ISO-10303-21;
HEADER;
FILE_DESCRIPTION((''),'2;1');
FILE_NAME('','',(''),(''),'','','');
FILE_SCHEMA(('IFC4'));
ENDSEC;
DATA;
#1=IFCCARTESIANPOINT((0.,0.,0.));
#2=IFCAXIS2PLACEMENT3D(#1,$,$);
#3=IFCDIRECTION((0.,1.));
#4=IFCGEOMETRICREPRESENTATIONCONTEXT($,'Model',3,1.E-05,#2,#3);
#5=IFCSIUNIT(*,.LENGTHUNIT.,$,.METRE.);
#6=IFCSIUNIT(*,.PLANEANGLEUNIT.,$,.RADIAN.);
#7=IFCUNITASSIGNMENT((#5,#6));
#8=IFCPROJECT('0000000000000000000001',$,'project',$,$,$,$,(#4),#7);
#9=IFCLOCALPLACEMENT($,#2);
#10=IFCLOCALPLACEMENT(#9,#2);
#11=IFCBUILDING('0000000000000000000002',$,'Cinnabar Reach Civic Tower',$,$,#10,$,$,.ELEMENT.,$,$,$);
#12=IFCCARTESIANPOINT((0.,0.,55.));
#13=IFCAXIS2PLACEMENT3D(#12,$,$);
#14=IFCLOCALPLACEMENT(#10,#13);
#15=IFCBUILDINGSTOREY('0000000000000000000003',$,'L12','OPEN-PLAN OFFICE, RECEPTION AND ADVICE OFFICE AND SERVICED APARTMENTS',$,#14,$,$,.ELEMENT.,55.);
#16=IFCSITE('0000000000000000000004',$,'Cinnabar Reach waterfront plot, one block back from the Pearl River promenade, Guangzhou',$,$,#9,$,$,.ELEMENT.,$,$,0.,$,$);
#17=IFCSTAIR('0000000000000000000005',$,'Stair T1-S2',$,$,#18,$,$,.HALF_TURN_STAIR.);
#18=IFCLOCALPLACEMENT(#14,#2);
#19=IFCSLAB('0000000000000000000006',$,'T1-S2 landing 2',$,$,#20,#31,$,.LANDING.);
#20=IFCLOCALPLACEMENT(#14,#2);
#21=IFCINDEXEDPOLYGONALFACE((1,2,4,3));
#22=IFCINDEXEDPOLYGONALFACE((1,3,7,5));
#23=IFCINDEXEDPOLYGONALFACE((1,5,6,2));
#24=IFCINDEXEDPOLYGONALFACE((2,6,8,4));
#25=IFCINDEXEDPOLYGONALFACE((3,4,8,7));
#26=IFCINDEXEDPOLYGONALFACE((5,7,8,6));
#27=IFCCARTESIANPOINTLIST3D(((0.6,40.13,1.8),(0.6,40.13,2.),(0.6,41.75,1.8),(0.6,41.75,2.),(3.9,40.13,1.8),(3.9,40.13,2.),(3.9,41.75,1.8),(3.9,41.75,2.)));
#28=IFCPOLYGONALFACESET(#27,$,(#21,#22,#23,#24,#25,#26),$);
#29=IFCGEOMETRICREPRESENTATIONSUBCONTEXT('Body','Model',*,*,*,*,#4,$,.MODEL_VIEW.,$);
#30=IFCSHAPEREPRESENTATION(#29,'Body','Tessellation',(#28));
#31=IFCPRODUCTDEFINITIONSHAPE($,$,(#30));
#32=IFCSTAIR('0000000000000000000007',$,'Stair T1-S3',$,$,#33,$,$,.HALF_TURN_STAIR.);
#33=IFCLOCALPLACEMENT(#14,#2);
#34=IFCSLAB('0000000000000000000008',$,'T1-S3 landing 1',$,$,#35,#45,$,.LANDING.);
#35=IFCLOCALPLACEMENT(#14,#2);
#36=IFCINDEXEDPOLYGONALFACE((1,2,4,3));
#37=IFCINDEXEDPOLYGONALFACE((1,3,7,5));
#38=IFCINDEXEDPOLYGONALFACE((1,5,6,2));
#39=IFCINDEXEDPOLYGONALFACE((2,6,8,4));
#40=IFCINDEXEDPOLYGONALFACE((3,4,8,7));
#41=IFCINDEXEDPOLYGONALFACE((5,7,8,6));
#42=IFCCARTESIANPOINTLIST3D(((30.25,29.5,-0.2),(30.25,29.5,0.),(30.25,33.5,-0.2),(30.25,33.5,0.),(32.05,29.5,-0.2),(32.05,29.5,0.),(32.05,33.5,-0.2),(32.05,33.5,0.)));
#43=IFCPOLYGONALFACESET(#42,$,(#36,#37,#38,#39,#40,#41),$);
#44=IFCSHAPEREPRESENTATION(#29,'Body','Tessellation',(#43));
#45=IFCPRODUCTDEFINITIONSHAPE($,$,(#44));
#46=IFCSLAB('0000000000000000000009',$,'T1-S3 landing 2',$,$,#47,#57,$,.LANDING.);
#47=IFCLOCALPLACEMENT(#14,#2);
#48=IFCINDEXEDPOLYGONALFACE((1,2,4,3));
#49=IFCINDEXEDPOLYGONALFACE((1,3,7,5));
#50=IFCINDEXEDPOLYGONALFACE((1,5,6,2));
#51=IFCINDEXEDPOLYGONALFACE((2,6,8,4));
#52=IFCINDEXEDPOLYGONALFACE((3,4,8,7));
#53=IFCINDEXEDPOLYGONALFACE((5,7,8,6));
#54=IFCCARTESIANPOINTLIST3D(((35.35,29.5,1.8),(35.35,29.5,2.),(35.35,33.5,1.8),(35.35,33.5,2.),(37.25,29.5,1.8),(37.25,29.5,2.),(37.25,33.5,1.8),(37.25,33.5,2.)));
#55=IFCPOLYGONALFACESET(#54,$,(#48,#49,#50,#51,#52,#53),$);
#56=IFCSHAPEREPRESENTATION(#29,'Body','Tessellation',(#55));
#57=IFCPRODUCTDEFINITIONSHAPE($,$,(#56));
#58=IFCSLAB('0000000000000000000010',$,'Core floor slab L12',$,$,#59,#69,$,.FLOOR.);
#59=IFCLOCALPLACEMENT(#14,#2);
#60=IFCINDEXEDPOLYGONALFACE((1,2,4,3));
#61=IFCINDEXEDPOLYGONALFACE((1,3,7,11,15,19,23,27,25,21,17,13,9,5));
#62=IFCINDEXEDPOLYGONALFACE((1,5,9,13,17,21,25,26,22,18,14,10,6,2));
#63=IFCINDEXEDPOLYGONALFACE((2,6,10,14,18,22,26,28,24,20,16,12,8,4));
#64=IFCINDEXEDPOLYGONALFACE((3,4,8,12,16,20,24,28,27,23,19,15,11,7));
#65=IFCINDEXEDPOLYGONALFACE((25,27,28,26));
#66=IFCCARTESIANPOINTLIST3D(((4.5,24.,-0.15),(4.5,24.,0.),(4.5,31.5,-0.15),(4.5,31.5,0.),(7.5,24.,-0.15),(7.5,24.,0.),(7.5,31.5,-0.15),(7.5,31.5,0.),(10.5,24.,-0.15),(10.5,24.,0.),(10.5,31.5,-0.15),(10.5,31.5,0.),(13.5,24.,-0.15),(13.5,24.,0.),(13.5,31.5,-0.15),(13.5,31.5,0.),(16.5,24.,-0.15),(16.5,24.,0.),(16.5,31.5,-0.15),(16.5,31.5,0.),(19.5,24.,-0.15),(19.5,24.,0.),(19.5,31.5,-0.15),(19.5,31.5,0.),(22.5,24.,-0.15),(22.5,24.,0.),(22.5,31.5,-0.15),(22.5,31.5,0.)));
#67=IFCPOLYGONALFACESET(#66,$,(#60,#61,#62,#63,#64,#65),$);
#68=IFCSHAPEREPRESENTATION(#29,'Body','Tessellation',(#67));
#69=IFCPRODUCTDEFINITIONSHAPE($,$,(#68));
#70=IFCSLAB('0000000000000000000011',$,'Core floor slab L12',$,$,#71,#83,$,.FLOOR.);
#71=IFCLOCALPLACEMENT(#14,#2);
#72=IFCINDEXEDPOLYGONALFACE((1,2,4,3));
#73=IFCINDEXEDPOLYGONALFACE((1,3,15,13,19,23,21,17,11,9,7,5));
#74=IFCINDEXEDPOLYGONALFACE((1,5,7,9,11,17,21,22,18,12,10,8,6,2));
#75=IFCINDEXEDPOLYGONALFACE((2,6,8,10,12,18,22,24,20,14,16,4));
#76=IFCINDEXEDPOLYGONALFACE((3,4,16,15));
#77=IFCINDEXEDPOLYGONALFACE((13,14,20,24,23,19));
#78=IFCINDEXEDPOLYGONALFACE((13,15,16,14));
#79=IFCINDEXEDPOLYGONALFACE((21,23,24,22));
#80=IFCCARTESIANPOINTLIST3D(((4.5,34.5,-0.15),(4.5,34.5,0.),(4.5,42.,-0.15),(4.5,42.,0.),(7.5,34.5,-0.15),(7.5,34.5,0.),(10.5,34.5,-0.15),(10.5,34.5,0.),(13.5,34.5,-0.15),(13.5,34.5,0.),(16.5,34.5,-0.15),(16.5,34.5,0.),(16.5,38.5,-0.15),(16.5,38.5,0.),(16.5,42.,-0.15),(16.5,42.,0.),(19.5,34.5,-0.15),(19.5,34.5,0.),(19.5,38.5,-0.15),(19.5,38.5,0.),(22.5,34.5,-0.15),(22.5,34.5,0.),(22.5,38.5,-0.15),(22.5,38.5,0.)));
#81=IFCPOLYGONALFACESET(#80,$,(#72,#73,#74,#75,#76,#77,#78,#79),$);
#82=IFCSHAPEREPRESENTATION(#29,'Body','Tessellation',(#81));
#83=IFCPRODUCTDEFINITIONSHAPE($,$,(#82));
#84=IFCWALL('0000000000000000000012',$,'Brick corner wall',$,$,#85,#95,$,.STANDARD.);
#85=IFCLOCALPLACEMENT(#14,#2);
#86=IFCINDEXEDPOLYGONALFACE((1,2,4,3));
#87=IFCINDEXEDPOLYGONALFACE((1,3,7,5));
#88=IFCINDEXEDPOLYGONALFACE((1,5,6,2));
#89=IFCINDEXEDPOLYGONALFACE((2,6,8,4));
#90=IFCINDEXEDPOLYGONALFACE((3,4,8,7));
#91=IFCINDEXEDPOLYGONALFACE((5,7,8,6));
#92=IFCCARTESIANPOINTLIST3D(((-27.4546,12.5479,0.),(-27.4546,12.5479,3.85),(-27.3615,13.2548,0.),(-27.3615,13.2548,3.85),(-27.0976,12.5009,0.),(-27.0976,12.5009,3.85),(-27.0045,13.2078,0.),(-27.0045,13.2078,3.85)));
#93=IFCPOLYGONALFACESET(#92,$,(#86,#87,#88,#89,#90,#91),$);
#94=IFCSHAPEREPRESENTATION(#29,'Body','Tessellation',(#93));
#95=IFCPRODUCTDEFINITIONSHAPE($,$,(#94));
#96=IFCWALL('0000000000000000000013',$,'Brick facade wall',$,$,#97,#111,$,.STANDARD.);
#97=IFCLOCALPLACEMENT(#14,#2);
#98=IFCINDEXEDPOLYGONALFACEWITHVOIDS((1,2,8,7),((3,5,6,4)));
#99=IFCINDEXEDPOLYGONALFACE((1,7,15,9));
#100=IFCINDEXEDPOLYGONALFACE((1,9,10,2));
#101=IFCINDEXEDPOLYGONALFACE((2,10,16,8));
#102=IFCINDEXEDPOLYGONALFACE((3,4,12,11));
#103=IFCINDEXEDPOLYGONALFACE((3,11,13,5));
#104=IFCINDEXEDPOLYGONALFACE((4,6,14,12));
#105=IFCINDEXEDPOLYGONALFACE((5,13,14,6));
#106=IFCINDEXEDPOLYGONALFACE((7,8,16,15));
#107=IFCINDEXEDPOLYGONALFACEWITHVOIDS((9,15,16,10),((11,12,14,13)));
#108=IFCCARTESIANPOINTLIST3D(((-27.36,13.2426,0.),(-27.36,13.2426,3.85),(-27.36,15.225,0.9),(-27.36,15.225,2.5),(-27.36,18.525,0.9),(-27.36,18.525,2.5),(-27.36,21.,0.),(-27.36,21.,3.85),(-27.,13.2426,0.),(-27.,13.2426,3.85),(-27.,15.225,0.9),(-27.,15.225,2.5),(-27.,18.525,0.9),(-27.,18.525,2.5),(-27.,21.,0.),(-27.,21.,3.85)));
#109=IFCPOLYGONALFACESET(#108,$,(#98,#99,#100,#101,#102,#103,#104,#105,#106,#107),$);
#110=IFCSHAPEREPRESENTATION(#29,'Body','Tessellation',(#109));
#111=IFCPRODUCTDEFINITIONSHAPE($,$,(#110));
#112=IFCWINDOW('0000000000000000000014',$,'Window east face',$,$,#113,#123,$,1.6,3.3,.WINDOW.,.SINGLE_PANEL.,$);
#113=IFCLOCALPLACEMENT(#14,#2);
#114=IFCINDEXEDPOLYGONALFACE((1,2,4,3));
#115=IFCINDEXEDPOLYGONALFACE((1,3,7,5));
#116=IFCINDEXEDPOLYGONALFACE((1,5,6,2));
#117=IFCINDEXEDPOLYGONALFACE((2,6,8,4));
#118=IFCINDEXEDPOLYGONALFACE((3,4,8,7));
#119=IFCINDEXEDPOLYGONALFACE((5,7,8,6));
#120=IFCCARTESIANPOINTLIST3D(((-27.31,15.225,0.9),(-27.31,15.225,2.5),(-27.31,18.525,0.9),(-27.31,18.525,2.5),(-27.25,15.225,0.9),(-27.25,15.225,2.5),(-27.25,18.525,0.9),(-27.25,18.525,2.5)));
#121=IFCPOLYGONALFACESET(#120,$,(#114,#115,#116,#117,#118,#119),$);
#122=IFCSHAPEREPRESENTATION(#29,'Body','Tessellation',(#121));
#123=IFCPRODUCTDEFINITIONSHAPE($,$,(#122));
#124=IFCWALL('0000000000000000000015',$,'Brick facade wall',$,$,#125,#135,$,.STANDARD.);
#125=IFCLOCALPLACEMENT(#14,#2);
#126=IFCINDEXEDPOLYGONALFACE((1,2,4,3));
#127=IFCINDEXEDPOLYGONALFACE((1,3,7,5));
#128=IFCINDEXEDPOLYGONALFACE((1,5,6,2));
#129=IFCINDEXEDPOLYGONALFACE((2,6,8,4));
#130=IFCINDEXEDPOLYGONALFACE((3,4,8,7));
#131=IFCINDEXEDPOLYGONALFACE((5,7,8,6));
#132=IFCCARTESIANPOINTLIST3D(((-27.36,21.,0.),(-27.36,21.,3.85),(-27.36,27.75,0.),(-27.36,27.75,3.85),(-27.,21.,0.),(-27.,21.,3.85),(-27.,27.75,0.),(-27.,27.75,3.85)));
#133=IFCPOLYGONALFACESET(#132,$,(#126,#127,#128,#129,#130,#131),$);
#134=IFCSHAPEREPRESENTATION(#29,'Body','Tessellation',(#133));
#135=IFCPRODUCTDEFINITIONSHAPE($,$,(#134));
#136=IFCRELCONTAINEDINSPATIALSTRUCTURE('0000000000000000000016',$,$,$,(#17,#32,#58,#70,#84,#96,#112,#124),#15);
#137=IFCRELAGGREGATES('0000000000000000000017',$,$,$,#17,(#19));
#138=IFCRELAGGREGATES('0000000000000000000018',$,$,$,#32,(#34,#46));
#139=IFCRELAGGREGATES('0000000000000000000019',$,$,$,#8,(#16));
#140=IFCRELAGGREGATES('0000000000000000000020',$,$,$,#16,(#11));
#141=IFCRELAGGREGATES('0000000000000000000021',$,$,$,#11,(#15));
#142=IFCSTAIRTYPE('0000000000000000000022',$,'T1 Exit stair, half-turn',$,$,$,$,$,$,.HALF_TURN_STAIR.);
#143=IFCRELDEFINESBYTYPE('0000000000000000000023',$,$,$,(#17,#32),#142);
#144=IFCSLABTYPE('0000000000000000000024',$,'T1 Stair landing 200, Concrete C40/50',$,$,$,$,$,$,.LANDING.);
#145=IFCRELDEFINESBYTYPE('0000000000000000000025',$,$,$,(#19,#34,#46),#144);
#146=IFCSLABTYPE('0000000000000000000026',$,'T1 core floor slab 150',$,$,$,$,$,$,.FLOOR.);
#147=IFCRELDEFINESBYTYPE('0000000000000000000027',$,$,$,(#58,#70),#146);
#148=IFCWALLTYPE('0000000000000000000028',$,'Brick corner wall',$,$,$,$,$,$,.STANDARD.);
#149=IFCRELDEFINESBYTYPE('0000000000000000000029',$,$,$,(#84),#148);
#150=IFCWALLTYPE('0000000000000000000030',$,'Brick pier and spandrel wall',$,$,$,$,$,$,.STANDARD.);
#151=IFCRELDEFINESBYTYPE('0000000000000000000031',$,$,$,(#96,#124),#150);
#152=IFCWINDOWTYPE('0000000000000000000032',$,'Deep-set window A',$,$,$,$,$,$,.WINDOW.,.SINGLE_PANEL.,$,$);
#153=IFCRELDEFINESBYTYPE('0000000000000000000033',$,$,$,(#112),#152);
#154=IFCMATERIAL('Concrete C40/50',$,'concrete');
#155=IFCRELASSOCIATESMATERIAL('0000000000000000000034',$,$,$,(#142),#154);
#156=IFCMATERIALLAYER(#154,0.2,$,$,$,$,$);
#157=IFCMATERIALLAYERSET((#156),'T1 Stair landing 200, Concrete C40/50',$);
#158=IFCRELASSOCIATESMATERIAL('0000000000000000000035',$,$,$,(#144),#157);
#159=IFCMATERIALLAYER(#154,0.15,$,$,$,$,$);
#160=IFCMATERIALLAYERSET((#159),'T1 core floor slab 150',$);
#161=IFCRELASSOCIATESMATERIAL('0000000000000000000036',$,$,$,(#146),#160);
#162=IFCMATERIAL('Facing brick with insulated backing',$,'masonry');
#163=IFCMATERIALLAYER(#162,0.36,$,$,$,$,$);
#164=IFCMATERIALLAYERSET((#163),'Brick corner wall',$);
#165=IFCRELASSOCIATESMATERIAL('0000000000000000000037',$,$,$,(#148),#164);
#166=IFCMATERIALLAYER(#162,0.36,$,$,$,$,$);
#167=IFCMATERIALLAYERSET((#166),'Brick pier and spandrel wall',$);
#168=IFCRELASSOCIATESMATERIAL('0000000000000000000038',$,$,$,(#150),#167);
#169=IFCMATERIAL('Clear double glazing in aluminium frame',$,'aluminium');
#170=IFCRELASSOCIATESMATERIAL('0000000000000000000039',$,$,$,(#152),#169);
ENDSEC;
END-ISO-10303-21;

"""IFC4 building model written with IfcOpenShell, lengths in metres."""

from ifc_helpers import new_model, si_unit, direction, frame, frame_2d, origin, place, context, subcontext, project, spatial, polyline, rectangle, outline, extrude, material, layer, layer_set, type_object, element, fill, aggregate, save


model = new_model("IFC4")

# Units and contexts
model_context = context("Model", 3, precision=1e-05, world=origin(), true_north=direction((0.0, 1.0)))
body_context = subcontext(model_context, "Body", "Model", "MODEL_VIEW")
ifc_project = project(units=[si_unit("LENGTHUNIT", "METRE"), si_unit("PLANEANGLEUNIT", "RADIAN")], contexts=[model_context])

# Site, building, storey
site_placement = place(None, origin())
site = spatial("IfcSite", under=ifc_project, at=site_placement, Name="Cinnabar Reach waterfront plot, one block back from the Pearl River promenade, Guangzhou", CompositionType="ELEMENT", RefElevation=0.0)
building_placement = place(site_placement, origin())
building = spatial("IfcBuilding", under=site, at=building_placement, Name="Cinnabar Reach Civic Tower", CompositionType="ELEMENT")
storey_placement = place(building_placement, frame((0.0, 0.0, 55.0)))
storey = spatial("IfcBuildingStorey", under=building, at=storey_placement, Name="L12", Description="OPEN-PLAN OFFICE, RECEPTION AND ADVICE OFFICE AND SERVICED APARTMENTS", CompositionType="ELEMENT", Elevation=55.0)

# Stairs, slabs
ifc_material_1 = material(Name="Concrete C40/50", Category="concrete")
stair_type = type_object("IfcStairType", Name="T1 Exit stair, half-turn", PredefinedType="HALF_TURN_STAIR", material=ifc_material_1)
ifc_layer_1 = layer(ifc_material_1, 0.2)
ifc_layer_set_1 = layer_set([ifc_layer_1], Name="T1 Stair landing 200, Concrete C40/50")
slab_type_1 = type_object("IfcSlabType", Name="T1 Stair landing 200, Concrete C40/50", PredefinedType="LANDING", material=ifc_layer_set_1)
stair_1_placement = place(storey_placement, origin())
stair_1 = element("IfcStair", 1, at=stair_1_placement, inside=storey, type_object=stair_type, Name="Stair T1-S2", PredefinedType="HALF_TURN_STAIR")
slab_1_placement = place(storey_placement, frame((0.0, 0.0, 1.8)))
slab_1 = element("IfcSlab", 2, at=slab_1_placement, type_object=slab_type_1, Name="T1-S2 landing 2", PredefinedType="LANDING", context=body_context, shape_type="SweptSolid", body=[
    extrude(outline(polyline([(0.6, 40.13), (0.6, 41.75), (3.9, 41.75), (3.9, 40.13), (0.6, 40.13)])), origin(), (0.0, 0.0, 1.0), 0.2),
])
aggregate(stair_1, [slab_1])
stair_2_placement = place(storey_placement, origin())
stair_2 = element("IfcStair", 3, at=stair_2_placement, inside=storey, type_object=stair_type, Name="Stair T1-S3", PredefinedType="HALF_TURN_STAIR")
slab_2_placement = place(storey_placement, frame((0.0, 0.0, -0.2)))
slab_2 = element("IfcSlab", 4, at=slab_2_placement, type_object=slab_type_1, Name="T1-S3 landing 1", PredefinedType="LANDING", context=body_context, shape_type="SweptSolid", body=[
    extrude(outline(polyline([(30.25, 29.5), (32.05, 29.5), (32.05, 33.5), (30.25, 33.5), (30.25, 29.5)])), origin(), (0.0, 0.0, 1.0), 0.2),
])
slab_3_placement = place(storey_placement, frame((0.0, 0.0, 1.8)))
slab_3 = element("IfcSlab", 5, at=slab_3_placement, type_object=slab_type_1, Name="T1-S3 landing 2", PredefinedType="LANDING", context=body_context, shape_type="SweptSolid", body=[
    extrude(outline(polyline([(35.35, 29.5), (37.25, 29.5), (37.25, 33.5), (35.35, 33.5), (35.35, 29.5)])), origin(), (0.0, 0.0, 1.0), 0.2),
])
aggregate(stair_2, [slab_2, slab_3])

# Slabs
ifc_layer_2 = layer(ifc_material_1, 0.15)
ifc_layer_set_2 = layer_set([ifc_layer_2], Name="T1 core floor slab 150")
slab_type_2 = type_object("IfcSlabType", Name="T1 core floor slab 150", PredefinedType="FLOOR", material=ifc_layer_set_2)
slab_4_placement = place(storey_placement, frame((0.0, 0.0, -0.15)))
element("IfcSlab", 6, at=slab_4_placement, inside=storey, type_object=slab_type_2, Name="Core floor slab L12", PredefinedType="FLOOR", context=body_context, shape_type="SweptSolid", body=[
    extrude(outline(polyline([(22.5, 24.0), (19.5, 24.0), (16.5, 24.0), (13.5, 24.0), (10.5, 24.0), (7.5, 24.0), (4.5, 24.0), (4.5, 31.5), (7.5, 31.5), (10.5, 31.5), (13.5, 31.5), (16.5, 31.5), (19.5, 31.5), (22.5, 31.5), (22.5, 24.0)])), origin(), (0.0, 0.0, 1.0), 0.15),
])
slab_5_placement = place(storey_placement, frame((0.0, 0.0, -0.15)))
element("IfcSlab", 7, at=slab_5_placement, inside=storey, type_object=slab_type_2, Name="Core floor slab L12", PredefinedType="FLOOR", context=body_context, shape_type="SweptSolid", body=[
    extrude(outline(polyline([(22.5, 34.5), (19.5, 34.5), (16.5, 34.5), (13.5, 34.5), (10.5, 34.5), (7.5, 34.5), (4.5, 34.5), (4.5, 42.0), (16.5, 42.0), (16.5, 38.5), (19.5, 38.5), (22.5, 38.5), (22.5, 34.5)])), origin(), (0.0, 0.0, 1.0), 0.15),
])

# Wall
ifc_material_2 = material(Name="Facing brick with insulated backing", Category="masonry")
ifc_layer_3 = layer(ifc_material_2, 0.36)
ifc_layer_set_3 = layer_set([ifc_layer_3], Name="Brick corner wall")
wall_type_1 = type_object("IfcWallType", Name="Brick corner wall", PredefinedType="STANDARD", material=ifc_layer_set_3)
wall_1_placement = place(storey_placement, frame((-27.2761, 12.5244, 0.0), z_axis=(0.0, 0.0, 1.0), x_axis=(0.130556, 0.991441, 0.0)))
element("IfcWall", 8, at=wall_1_placement, inside=storey, type_object=wall_type_1, Name="Brick corner wall", PredefinedType="STANDARD", context=body_context, shape_type="SweptSolid", body=[
    extrude(rectangle(XDim=0.7131, YDim=0.36, at=frame_2d((0.3565, 0.0))), origin(), (0.0, 0.0, 1.0), 3.85),
])

# Wall, opening, window
ifc_layer_4 = layer(ifc_material_2, 0.36)
ifc_layer_set_4 = layer_set([ifc_layer_4], Name="Brick pier and spandrel wall")
wall_type_2 = type_object("IfcWallType", Name="Brick pier and spandrel wall", PredefinedType="STANDARD", material=ifc_layer_set_4)
wall_2_placement = place(storey_placement, frame((-27.18, 13.2426, 0.0), z_axis=(0.0, 0.0, 1.0), x_axis=(0.0, 1.0, 0.0)))
wall_2 = element("IfcWall", 9, at=wall_2_placement, inside=storey, type_object=wall_type_2, Name="Brick facade wall", PredefinedType="STANDARD", context=body_context, shape_type="SweptSolid", body=[
    extrude(rectangle(XDim=7.7574, YDim=0.36, at=frame_2d((3.8787, 0.0))), origin(), (0.0, 0.0, 1.0), 3.85),
])
opening_placement = place(wall_2_placement, frame((1.9824, 0.0, 0.9)))
opening = element("IfcOpeningElement", 10, at=opening_placement, cuts=wall_2, PredefinedType="OPENING", context=body_context, shape_type="SweptSolid", body=[
    extrude(rectangle(XDim=3.3, YDim=1.6, at=frame_2d((1.65, 0.8))), frame((0.0, 0.19, 0.0), z_axis=(0.0, -1.0, 0.0), x_axis=(1.0, 0.0, 0.0)), (0.0, 0.0, 1.0), 0.38),
])
ifc_material_3 = material(Name="Clear double glazing in aluminium frame", Category="aluminium")
window_type = type_object("IfcWindowType", Name="Deep-set window A", PartitioningType="SINGLE_PANEL", PredefinedType="WINDOW", material=ifc_material_3)
window_placement = place(opening_placement, origin())
window = element("IfcWindow", 11, at=window_placement, inside=storey, type_object=window_type, Name="Window east face", OverallHeight=1.6, OverallWidth=3.3, PartitioningType="SINGLE_PANEL", PredefinedType="WINDOW", context=body_context, shape_type="SweptSolid", body=[
    extrude(rectangle(XDim=3.3, YDim=1.6, at=frame_2d((1.65, 0.8))), frame((0.0, 0.13, 0.0), z_axis=(0.0, -1.0, 0.0), x_axis=(1.0, 0.0, 0.0)), (0.0, 0.0, 1.0), 0.06),
])
fill(opening, window)

# Wall
wall_3_placement = place(storey_placement, frame((-27.18, 21.0, 0.0), z_axis=(0.0, 0.0, 1.0), x_axis=(0.0, 1.0, 0.0)))
element("IfcWall", 12, at=wall_3_placement, inside=storey, type_object=wall_type_2, Name="Brick facade wall", PredefinedType="STANDARD", context=body_context, shape_type="SweptSolid", body=[
    extrude(rectangle(XDim=6.75, YDim=0.36, at=frame_2d((3.375, 0.0))), origin(), (0.0, 0.0, 1.0), 3.85),
])

save(model, "model.ifc")
